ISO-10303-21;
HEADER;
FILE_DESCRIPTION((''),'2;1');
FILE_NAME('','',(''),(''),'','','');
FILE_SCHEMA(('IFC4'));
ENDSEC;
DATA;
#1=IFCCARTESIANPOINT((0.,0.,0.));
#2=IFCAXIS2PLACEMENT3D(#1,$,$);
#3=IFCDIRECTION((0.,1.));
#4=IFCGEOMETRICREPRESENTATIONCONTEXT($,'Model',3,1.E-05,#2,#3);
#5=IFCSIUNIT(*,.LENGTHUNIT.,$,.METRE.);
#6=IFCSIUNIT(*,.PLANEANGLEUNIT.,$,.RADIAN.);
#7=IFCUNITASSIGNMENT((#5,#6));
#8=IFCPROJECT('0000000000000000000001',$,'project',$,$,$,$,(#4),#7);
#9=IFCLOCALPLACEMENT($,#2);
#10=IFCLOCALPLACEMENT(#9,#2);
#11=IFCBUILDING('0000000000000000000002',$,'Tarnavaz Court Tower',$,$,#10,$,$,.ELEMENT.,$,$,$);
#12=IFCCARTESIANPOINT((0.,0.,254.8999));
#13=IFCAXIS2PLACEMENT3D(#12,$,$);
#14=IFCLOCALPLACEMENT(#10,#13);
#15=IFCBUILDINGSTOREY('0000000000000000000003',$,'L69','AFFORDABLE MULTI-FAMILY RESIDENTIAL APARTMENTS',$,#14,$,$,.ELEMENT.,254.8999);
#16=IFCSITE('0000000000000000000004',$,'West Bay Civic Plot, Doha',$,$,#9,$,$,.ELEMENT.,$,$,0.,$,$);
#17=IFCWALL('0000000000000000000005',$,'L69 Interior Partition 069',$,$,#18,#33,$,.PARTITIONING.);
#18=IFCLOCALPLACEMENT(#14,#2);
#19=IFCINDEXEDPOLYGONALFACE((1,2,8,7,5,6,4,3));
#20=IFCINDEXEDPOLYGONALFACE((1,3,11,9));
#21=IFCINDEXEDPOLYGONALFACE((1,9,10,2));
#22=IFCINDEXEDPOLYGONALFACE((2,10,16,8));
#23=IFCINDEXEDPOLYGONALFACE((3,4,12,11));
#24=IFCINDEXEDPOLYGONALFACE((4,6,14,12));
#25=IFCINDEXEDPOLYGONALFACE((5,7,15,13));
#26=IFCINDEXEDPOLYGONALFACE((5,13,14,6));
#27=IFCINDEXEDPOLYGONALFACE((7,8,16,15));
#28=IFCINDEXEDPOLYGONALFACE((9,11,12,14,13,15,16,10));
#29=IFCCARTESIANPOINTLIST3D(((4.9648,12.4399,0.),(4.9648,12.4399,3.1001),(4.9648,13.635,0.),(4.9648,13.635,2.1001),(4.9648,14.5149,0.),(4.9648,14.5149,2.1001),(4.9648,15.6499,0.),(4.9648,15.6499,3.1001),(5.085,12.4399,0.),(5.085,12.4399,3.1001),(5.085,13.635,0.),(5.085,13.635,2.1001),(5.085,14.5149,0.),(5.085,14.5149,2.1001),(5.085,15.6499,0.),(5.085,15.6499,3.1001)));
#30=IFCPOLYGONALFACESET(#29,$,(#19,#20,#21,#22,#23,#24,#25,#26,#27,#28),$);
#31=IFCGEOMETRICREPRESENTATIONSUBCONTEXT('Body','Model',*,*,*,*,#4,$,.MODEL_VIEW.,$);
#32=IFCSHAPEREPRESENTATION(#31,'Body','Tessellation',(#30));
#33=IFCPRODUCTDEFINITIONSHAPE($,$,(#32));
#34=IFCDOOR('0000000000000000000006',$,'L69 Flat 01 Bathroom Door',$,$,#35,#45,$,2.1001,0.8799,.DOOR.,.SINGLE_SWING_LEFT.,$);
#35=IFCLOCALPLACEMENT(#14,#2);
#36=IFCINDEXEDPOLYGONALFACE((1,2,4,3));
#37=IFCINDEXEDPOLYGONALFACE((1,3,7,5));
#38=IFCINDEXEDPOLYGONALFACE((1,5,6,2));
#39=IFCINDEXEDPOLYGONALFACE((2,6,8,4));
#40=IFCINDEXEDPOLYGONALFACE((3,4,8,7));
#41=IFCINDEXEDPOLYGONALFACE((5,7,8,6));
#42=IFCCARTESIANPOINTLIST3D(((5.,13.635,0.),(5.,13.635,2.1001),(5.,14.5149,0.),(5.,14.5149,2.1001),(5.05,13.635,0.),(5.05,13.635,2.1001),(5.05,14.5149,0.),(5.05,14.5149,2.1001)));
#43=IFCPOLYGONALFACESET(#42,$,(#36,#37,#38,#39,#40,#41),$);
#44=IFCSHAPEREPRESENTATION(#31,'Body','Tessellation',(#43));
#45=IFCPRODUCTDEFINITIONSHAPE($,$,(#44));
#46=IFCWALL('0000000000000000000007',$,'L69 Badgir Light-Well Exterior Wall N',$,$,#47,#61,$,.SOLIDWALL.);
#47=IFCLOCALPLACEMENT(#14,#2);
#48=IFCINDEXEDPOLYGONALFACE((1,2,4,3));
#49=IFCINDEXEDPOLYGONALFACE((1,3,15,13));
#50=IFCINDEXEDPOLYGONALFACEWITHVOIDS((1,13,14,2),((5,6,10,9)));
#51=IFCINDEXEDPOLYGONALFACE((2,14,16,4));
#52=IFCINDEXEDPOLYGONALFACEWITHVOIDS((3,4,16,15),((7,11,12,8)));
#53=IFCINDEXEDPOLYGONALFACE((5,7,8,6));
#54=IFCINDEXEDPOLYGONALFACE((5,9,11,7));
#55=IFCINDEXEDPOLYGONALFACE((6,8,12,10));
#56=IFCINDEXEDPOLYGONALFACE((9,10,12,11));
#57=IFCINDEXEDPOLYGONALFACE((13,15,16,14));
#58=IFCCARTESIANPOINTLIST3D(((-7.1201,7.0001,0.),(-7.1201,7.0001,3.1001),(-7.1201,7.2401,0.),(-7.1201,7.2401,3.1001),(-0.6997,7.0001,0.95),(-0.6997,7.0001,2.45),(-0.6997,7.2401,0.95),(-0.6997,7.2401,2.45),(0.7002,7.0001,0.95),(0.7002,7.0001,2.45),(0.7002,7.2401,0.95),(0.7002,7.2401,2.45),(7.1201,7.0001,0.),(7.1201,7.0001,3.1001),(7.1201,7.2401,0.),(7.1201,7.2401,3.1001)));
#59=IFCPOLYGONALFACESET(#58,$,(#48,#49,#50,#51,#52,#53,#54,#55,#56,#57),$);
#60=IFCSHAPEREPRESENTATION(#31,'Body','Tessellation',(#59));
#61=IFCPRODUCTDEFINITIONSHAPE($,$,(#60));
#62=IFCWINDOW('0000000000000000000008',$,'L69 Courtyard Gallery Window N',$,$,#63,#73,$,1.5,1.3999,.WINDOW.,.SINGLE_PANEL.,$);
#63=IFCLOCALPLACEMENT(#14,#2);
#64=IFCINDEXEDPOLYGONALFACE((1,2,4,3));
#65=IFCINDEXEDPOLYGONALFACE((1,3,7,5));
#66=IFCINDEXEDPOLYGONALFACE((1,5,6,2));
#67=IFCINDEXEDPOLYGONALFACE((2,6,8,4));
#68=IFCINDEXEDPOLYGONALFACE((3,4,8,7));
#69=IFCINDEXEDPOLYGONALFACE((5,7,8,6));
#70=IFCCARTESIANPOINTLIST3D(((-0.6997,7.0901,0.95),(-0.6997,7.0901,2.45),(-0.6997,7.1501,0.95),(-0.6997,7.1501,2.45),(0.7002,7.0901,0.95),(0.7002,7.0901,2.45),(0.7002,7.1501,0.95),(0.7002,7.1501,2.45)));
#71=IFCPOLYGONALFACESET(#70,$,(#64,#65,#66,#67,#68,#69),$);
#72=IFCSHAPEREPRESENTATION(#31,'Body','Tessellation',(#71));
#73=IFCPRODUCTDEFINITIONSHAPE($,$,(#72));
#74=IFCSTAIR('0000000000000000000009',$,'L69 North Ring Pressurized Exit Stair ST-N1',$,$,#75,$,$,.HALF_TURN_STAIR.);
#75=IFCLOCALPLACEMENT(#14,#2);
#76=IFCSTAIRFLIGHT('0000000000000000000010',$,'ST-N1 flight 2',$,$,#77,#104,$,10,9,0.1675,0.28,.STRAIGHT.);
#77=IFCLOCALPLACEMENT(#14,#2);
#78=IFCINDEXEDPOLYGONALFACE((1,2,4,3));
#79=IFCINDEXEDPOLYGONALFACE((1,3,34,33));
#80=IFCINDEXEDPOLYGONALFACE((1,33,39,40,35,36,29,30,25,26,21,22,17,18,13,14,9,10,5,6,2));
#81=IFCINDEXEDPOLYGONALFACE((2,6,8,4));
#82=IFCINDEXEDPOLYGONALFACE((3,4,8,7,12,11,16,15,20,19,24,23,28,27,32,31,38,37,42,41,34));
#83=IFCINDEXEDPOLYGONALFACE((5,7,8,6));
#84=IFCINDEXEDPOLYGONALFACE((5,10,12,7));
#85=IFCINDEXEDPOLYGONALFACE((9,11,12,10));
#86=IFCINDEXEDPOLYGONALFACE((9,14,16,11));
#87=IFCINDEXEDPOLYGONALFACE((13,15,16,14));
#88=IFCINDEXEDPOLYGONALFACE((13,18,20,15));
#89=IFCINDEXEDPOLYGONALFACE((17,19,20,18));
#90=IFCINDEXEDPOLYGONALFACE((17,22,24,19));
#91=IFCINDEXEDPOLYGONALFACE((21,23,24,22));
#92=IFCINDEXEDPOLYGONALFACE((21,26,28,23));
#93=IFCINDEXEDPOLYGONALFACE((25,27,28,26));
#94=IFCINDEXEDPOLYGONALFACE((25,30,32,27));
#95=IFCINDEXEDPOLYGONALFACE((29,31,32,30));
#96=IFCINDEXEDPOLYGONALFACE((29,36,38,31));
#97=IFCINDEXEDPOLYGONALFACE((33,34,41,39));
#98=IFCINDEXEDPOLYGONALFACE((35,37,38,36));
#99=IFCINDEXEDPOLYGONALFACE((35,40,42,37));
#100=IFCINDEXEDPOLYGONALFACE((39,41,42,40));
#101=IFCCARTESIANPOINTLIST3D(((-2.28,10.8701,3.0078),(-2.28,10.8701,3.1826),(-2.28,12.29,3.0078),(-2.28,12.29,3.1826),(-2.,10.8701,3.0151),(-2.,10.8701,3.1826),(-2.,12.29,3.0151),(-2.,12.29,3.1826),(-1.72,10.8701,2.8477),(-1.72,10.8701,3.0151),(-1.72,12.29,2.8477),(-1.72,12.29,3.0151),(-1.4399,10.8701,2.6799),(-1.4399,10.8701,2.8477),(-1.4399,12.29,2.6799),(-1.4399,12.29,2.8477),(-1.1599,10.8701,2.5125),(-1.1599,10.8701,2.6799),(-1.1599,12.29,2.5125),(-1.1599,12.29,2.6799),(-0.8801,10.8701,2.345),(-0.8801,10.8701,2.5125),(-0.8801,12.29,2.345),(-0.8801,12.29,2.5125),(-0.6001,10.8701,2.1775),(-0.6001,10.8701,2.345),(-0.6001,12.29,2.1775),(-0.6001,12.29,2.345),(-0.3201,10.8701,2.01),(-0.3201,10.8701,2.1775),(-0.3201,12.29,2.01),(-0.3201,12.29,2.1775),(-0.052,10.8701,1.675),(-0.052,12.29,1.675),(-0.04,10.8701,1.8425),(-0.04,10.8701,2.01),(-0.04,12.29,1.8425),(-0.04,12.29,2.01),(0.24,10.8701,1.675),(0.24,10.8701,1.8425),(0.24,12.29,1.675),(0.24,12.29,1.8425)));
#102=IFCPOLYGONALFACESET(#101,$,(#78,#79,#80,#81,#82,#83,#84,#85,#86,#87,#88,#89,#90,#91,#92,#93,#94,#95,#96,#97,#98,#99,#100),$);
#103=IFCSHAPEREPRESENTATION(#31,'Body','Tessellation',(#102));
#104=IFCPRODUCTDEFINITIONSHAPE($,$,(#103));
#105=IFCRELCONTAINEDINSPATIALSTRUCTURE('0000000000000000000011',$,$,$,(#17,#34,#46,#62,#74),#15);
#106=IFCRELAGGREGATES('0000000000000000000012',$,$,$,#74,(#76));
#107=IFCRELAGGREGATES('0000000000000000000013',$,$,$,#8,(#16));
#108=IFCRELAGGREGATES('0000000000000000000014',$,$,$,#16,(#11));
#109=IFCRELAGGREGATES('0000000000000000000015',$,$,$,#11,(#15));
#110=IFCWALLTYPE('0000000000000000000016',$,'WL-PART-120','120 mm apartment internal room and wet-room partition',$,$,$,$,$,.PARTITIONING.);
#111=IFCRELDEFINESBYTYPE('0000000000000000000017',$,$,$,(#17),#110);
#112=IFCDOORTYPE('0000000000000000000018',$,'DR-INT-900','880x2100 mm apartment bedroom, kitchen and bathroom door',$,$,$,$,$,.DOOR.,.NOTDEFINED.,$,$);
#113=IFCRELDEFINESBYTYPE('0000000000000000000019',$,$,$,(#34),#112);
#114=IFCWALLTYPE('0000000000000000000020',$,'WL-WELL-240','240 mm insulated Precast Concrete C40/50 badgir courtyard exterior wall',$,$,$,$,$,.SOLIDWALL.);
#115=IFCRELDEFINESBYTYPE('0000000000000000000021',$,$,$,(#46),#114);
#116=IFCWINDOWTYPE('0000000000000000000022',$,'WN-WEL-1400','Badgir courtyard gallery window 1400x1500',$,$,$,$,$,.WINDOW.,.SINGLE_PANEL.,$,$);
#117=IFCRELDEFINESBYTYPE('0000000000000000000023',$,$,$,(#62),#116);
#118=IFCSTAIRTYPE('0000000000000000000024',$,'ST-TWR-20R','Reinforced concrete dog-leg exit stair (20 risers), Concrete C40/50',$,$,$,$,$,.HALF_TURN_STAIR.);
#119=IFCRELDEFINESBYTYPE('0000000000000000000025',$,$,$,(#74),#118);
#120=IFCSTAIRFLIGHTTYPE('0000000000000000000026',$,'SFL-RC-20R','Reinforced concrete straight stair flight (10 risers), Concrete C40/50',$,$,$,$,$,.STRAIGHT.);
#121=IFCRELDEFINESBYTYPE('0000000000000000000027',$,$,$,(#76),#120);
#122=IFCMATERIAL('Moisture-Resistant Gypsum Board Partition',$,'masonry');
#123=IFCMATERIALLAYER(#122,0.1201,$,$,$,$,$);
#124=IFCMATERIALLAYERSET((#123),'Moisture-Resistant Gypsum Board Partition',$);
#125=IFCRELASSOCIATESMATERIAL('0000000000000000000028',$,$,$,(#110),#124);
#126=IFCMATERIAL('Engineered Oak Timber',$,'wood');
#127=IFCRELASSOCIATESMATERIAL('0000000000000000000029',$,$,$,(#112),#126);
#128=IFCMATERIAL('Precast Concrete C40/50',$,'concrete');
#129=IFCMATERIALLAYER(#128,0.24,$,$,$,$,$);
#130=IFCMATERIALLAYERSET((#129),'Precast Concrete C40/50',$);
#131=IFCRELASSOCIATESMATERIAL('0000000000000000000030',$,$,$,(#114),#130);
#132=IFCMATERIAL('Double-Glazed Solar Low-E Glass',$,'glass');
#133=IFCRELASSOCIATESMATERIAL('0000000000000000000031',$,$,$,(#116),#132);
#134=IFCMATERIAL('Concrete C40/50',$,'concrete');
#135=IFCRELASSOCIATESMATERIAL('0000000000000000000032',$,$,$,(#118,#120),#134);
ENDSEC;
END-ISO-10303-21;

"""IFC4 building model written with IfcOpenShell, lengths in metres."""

from ifc_helpers import new_model, si_unit, direction, frame, frame_2d, origin, place, context, subcontext, project, spatial, polyline, rectangle, outline, extrude, material, layer, layer_set, type_object, element, fill, aggregate, save


model = new_model("IFC4")

# Units and contexts
model_context = context("Model", 3, precision=1e-05, world=origin(), true_north=direction((0.0, 1.0)))
body_context = subcontext(model_context, "Body", "Model", "MODEL_VIEW")
ifc_project = project(units=[si_unit("LENGTHUNIT", "METRE"), si_unit("PLANEANGLEUNIT", "RADIAN")], contexts=[model_context])

# Site, building, storey
site_placement = place(None, origin())
site = spatial("IfcSite", under=ifc_project, at=site_placement, Name="West Bay Civic Plot, Doha", CompositionType="ELEMENT", RefElevation=0.0)
building_placement = place(site_placement, origin())
building = spatial("IfcBuilding", under=site, at=building_placement, Name="Tarnavaz Court Tower", CompositionType="ELEMENT")
storey_placement = place(building_placement, frame((0.0, 0.0, 254.8999)))
storey = spatial("IfcBuildingStorey", under=building, at=storey_placement, Name="L69", Description="AFFORDABLE MULTI-FAMILY RESIDENTIAL APARTMENTS", CompositionType="ELEMENT", Elevation=254.8999)

# Wall, opening, door
ifc_material_1 = material(Name="Moisture-Resistant Gypsum Board Partition", Category="masonry")
ifc_layer_1 = layer(ifc_material_1, 0.1201)
ifc_layer_set_1 = layer_set([ifc_layer_1], Name="Moisture-Resistant Gypsum Board Partition")
wall_type_1 = type_object("IfcWallType", Name="WL-PART-120", Description="120 mm apartment internal room and wet-room partition", PredefinedType="PARTITIONING", material=ifc_layer_set_1)
wall_1_placement = place(storey_placement, frame((5.0249, 12.4399, 0.0), z_axis=(0.0, 0.0, 1.0), x_axis=(0.0, 1.0, 0.0)))
wall_1 = element("IfcWall", 1, at=wall_1_placement, inside=storey, type_object=wall_type_1, Name="L69 Interior Partition 069", PredefinedType="PARTITIONING", context=body_context, shape_type="SweptSolid", body=[
    extrude(rectangle(XDim=3.21, YDim=0.1201, at=frame_2d((1.605, 0.0))), origin(), (0.0, 0.0, 1.0), 3.1001),
])
opening_1_placement = place(wall_1_placement, frame((1.1951, 0.0, 0.0)))
opening_1 = element("IfcOpeningElement", 2, at=opening_1_placement, cuts=wall_1, PredefinedType="OPENING", context=body_context, shape_type="SweptSolid", body=[
    extrude(rectangle(XDim=0.8799, YDim=2.1001, at=frame_2d((0.4399, 1.05))), frame((0.0, 0.0701, 0.0), z_axis=(0.0, -1.0, 0.0), x_axis=(1.0, 0.0, 0.0)), (0.0, 0.0, 1.0), 0.1401),
])
ifc_material_2 = material(Name="Engineered Oak Timber", Category="wood")
door_type_1 = type_object("IfcDoorType", Name="DR-INT-900", Description="880x2100 mm apartment bedroom, kitchen and bathroom door", OperationType="NOTDEFINED", PredefinedType="DOOR", material=ifc_material_2)
door_1_placement = place(opening_1_placement, origin())
door_1 = element("IfcDoor", 3, at=door_1_placement, inside=storey, type_object=door_type_1, Name="L69 Flat 01 Bathroom Door", OperationType="SINGLE_SWING_LEFT", OverallHeight=2.1001, OverallWidth=0.8799, PredefinedType="DOOR", context=body_context, shape_type="SweptSolid", body=[
    extrude(rectangle(XDim=0.8799, YDim=2.1001, at=frame_2d((0.4399, 1.05))), frame((0.0, 0.0249, 0.0), z_axis=(0.0, -1.0, 0.0), x_axis=(1.0, 0.0, 0.0)), (0.0, 0.0, 1.0), 0.05),
])
fill(opening_1, door_1)

# Wall, opening, window
ifc_material_3 = material(Name="Precast Concrete C40/50", Category="concrete")
ifc_layer_2 = layer(ifc_material_3, 0.24)
ifc_layer_set_2 = layer_set([ifc_layer_2], Name="Precast Concrete C40/50")
wall_type_2 = type_object("IfcWallType", Name="WL-WELL-240", Description="240 mm insulated Precast Concrete C40/50 badgir courtyard exterior wall", PredefinedType="SOLIDWALL", material=ifc_layer_set_2)
wall_2_placement = place(storey_placement, frame((7.1201, 7.1201, 0.0), z_axis=(0.0, 0.0, 1.0), x_axis=(-1.0, 0.0, 0.0)))
wall_2 = element("IfcWall", 4, at=wall_2_placement, inside=storey, type_object=wall_type_2, Name="L69 Badgir Light-Well Exterior Wall N", PredefinedType="SOLIDWALL", context=body_context, shape_type="SweptSolid", body=[
    extrude(rectangle(XDim=14.2402, YDim=0.24, at=frame_2d((7.1201, 0.0))), origin(), (0.0, 0.0, 1.0), 3.1001),
])
opening_2_placement = place(wall_2_placement, frame((6.4199, 0.0, 0.95)))
opening_2 = element("IfcOpeningElement", 5, at=opening_2_placement, cuts=wall_2, PredefinedType="OPENING", context=body_context, shape_type="SweptSolid", body=[
    extrude(rectangle(XDim=1.3999, YDim=1.5, at=frame_2d((0.7, 0.75))), frame((0.0, 0.1299, 0.0), z_axis=(0.0, -1.0, 0.0), x_axis=(1.0, 0.0, 0.0)), (0.0, 0.0, 1.0), 0.26),
])
ifc_material_4 = material(Name="Double-Glazed Solar Low-E Glass", Category="glass")
window_type = type_object("IfcWindowType", Name="WN-WEL-1400", Description="Badgir courtyard gallery window 1400x1500", PartitioningType="SINGLE_PANEL", PredefinedType="WINDOW", material=ifc_material_4)
window_placement = place(opening_2_placement, origin())
window = element("IfcWindow", 6, at=window_placement, inside=storey, type_object=window_type, Name="L69 Courtyard Gallery Window N", OverallHeight=1.5, OverallWidth=1.3999, PartitioningType="SINGLE_PANEL", PredefinedType="WINDOW", context=body_context, shape_type="SweptSolid", body=[
    extrude(rectangle(XDim=1.3999, YDim=1.5, at=frame_2d((0.7, 0.75))), frame((0.0, 0.03, 0.0), z_axis=(0.0, -1.0, 0.0), x_axis=(1.0, 0.0, 0.0)), (0.0, 0.0, 1.0), 0.0601),
])
fill(opening_2, window)

# Stair, stair flight
ifc_material_5 = material(Name="Concrete C40/50", Category="concrete")
stair_type = type_object("IfcStairType", Name="ST-TWR-20R", Description="Reinforced concrete dog-leg exit stair (20 risers), Concrete C40/50", PredefinedType="HALF_TURN_STAIR", material=ifc_material_5)
stair_placement = place(storey_placement, origin())
stair = element("IfcStair", 7, at=stair_placement, inside=storey, type_object=stair_type, Name="L69 North Ring Pressurized Exit Stair ST-N1", PredefinedType="HALF_TURN_STAIR")
stair_flight_type = type_object("IfcStairFlightType", Name="SFL-RC-20R", Description="Reinforced concrete straight stair flight (10 risers), Concrete C40/50", PredefinedType="STRAIGHT", material=ifc_material_5)
stair_flight_placement = place(storey_placement, frame((0.24, 11.5801, 1.675), z_axis=(0.0, 0.0, 1.0), x_axis=(-1.0, 0.0, 0.0)))
stair_flight = element("IfcStairFlight", 8, at=stair_flight_placement, type_object=stair_flight_type, Name="ST-N1 flight 2", NumberOfRisers=10, NumberOfTreads=9, PredefinedType="STRAIGHT", RiserHeight=0.1675, TreadLength=0.28, context=body_context, shape_type="SweptSolid", body=[
    extrude(outline(polyline([(0.0, 0.0), (0.0, 0.1675), (0.28, 0.1675), (0.28, 0.335), (0.5601, 0.335), (0.5601, 0.5024), (0.8401, 0.5024), (0.8401, 0.6699), (1.1201, 0.6699), (1.1201, 0.8374), (1.3999, 0.8374), (1.3999, 1.0049), (1.6799, 1.0049), (1.6799, 1.1726), (1.96, 1.1726), (1.96, 1.3401), (2.24, 1.3401), (2.24, 1.5076), (2.52, 1.5076), (2.52, 1.675), (2.52, 1.3328), (0.292, 0.0), (0.0, 0.0)])), frame((0.0, 0.71, 0.0), z_axis=(0.0, -1.0, 0.0), x_axis=(1.0, 0.0, 0.0)), (0.0, 0.0, 1.0), 1.4199),
])
aggregate(stair, [stair_flight])

save(model, "model.ifc")
